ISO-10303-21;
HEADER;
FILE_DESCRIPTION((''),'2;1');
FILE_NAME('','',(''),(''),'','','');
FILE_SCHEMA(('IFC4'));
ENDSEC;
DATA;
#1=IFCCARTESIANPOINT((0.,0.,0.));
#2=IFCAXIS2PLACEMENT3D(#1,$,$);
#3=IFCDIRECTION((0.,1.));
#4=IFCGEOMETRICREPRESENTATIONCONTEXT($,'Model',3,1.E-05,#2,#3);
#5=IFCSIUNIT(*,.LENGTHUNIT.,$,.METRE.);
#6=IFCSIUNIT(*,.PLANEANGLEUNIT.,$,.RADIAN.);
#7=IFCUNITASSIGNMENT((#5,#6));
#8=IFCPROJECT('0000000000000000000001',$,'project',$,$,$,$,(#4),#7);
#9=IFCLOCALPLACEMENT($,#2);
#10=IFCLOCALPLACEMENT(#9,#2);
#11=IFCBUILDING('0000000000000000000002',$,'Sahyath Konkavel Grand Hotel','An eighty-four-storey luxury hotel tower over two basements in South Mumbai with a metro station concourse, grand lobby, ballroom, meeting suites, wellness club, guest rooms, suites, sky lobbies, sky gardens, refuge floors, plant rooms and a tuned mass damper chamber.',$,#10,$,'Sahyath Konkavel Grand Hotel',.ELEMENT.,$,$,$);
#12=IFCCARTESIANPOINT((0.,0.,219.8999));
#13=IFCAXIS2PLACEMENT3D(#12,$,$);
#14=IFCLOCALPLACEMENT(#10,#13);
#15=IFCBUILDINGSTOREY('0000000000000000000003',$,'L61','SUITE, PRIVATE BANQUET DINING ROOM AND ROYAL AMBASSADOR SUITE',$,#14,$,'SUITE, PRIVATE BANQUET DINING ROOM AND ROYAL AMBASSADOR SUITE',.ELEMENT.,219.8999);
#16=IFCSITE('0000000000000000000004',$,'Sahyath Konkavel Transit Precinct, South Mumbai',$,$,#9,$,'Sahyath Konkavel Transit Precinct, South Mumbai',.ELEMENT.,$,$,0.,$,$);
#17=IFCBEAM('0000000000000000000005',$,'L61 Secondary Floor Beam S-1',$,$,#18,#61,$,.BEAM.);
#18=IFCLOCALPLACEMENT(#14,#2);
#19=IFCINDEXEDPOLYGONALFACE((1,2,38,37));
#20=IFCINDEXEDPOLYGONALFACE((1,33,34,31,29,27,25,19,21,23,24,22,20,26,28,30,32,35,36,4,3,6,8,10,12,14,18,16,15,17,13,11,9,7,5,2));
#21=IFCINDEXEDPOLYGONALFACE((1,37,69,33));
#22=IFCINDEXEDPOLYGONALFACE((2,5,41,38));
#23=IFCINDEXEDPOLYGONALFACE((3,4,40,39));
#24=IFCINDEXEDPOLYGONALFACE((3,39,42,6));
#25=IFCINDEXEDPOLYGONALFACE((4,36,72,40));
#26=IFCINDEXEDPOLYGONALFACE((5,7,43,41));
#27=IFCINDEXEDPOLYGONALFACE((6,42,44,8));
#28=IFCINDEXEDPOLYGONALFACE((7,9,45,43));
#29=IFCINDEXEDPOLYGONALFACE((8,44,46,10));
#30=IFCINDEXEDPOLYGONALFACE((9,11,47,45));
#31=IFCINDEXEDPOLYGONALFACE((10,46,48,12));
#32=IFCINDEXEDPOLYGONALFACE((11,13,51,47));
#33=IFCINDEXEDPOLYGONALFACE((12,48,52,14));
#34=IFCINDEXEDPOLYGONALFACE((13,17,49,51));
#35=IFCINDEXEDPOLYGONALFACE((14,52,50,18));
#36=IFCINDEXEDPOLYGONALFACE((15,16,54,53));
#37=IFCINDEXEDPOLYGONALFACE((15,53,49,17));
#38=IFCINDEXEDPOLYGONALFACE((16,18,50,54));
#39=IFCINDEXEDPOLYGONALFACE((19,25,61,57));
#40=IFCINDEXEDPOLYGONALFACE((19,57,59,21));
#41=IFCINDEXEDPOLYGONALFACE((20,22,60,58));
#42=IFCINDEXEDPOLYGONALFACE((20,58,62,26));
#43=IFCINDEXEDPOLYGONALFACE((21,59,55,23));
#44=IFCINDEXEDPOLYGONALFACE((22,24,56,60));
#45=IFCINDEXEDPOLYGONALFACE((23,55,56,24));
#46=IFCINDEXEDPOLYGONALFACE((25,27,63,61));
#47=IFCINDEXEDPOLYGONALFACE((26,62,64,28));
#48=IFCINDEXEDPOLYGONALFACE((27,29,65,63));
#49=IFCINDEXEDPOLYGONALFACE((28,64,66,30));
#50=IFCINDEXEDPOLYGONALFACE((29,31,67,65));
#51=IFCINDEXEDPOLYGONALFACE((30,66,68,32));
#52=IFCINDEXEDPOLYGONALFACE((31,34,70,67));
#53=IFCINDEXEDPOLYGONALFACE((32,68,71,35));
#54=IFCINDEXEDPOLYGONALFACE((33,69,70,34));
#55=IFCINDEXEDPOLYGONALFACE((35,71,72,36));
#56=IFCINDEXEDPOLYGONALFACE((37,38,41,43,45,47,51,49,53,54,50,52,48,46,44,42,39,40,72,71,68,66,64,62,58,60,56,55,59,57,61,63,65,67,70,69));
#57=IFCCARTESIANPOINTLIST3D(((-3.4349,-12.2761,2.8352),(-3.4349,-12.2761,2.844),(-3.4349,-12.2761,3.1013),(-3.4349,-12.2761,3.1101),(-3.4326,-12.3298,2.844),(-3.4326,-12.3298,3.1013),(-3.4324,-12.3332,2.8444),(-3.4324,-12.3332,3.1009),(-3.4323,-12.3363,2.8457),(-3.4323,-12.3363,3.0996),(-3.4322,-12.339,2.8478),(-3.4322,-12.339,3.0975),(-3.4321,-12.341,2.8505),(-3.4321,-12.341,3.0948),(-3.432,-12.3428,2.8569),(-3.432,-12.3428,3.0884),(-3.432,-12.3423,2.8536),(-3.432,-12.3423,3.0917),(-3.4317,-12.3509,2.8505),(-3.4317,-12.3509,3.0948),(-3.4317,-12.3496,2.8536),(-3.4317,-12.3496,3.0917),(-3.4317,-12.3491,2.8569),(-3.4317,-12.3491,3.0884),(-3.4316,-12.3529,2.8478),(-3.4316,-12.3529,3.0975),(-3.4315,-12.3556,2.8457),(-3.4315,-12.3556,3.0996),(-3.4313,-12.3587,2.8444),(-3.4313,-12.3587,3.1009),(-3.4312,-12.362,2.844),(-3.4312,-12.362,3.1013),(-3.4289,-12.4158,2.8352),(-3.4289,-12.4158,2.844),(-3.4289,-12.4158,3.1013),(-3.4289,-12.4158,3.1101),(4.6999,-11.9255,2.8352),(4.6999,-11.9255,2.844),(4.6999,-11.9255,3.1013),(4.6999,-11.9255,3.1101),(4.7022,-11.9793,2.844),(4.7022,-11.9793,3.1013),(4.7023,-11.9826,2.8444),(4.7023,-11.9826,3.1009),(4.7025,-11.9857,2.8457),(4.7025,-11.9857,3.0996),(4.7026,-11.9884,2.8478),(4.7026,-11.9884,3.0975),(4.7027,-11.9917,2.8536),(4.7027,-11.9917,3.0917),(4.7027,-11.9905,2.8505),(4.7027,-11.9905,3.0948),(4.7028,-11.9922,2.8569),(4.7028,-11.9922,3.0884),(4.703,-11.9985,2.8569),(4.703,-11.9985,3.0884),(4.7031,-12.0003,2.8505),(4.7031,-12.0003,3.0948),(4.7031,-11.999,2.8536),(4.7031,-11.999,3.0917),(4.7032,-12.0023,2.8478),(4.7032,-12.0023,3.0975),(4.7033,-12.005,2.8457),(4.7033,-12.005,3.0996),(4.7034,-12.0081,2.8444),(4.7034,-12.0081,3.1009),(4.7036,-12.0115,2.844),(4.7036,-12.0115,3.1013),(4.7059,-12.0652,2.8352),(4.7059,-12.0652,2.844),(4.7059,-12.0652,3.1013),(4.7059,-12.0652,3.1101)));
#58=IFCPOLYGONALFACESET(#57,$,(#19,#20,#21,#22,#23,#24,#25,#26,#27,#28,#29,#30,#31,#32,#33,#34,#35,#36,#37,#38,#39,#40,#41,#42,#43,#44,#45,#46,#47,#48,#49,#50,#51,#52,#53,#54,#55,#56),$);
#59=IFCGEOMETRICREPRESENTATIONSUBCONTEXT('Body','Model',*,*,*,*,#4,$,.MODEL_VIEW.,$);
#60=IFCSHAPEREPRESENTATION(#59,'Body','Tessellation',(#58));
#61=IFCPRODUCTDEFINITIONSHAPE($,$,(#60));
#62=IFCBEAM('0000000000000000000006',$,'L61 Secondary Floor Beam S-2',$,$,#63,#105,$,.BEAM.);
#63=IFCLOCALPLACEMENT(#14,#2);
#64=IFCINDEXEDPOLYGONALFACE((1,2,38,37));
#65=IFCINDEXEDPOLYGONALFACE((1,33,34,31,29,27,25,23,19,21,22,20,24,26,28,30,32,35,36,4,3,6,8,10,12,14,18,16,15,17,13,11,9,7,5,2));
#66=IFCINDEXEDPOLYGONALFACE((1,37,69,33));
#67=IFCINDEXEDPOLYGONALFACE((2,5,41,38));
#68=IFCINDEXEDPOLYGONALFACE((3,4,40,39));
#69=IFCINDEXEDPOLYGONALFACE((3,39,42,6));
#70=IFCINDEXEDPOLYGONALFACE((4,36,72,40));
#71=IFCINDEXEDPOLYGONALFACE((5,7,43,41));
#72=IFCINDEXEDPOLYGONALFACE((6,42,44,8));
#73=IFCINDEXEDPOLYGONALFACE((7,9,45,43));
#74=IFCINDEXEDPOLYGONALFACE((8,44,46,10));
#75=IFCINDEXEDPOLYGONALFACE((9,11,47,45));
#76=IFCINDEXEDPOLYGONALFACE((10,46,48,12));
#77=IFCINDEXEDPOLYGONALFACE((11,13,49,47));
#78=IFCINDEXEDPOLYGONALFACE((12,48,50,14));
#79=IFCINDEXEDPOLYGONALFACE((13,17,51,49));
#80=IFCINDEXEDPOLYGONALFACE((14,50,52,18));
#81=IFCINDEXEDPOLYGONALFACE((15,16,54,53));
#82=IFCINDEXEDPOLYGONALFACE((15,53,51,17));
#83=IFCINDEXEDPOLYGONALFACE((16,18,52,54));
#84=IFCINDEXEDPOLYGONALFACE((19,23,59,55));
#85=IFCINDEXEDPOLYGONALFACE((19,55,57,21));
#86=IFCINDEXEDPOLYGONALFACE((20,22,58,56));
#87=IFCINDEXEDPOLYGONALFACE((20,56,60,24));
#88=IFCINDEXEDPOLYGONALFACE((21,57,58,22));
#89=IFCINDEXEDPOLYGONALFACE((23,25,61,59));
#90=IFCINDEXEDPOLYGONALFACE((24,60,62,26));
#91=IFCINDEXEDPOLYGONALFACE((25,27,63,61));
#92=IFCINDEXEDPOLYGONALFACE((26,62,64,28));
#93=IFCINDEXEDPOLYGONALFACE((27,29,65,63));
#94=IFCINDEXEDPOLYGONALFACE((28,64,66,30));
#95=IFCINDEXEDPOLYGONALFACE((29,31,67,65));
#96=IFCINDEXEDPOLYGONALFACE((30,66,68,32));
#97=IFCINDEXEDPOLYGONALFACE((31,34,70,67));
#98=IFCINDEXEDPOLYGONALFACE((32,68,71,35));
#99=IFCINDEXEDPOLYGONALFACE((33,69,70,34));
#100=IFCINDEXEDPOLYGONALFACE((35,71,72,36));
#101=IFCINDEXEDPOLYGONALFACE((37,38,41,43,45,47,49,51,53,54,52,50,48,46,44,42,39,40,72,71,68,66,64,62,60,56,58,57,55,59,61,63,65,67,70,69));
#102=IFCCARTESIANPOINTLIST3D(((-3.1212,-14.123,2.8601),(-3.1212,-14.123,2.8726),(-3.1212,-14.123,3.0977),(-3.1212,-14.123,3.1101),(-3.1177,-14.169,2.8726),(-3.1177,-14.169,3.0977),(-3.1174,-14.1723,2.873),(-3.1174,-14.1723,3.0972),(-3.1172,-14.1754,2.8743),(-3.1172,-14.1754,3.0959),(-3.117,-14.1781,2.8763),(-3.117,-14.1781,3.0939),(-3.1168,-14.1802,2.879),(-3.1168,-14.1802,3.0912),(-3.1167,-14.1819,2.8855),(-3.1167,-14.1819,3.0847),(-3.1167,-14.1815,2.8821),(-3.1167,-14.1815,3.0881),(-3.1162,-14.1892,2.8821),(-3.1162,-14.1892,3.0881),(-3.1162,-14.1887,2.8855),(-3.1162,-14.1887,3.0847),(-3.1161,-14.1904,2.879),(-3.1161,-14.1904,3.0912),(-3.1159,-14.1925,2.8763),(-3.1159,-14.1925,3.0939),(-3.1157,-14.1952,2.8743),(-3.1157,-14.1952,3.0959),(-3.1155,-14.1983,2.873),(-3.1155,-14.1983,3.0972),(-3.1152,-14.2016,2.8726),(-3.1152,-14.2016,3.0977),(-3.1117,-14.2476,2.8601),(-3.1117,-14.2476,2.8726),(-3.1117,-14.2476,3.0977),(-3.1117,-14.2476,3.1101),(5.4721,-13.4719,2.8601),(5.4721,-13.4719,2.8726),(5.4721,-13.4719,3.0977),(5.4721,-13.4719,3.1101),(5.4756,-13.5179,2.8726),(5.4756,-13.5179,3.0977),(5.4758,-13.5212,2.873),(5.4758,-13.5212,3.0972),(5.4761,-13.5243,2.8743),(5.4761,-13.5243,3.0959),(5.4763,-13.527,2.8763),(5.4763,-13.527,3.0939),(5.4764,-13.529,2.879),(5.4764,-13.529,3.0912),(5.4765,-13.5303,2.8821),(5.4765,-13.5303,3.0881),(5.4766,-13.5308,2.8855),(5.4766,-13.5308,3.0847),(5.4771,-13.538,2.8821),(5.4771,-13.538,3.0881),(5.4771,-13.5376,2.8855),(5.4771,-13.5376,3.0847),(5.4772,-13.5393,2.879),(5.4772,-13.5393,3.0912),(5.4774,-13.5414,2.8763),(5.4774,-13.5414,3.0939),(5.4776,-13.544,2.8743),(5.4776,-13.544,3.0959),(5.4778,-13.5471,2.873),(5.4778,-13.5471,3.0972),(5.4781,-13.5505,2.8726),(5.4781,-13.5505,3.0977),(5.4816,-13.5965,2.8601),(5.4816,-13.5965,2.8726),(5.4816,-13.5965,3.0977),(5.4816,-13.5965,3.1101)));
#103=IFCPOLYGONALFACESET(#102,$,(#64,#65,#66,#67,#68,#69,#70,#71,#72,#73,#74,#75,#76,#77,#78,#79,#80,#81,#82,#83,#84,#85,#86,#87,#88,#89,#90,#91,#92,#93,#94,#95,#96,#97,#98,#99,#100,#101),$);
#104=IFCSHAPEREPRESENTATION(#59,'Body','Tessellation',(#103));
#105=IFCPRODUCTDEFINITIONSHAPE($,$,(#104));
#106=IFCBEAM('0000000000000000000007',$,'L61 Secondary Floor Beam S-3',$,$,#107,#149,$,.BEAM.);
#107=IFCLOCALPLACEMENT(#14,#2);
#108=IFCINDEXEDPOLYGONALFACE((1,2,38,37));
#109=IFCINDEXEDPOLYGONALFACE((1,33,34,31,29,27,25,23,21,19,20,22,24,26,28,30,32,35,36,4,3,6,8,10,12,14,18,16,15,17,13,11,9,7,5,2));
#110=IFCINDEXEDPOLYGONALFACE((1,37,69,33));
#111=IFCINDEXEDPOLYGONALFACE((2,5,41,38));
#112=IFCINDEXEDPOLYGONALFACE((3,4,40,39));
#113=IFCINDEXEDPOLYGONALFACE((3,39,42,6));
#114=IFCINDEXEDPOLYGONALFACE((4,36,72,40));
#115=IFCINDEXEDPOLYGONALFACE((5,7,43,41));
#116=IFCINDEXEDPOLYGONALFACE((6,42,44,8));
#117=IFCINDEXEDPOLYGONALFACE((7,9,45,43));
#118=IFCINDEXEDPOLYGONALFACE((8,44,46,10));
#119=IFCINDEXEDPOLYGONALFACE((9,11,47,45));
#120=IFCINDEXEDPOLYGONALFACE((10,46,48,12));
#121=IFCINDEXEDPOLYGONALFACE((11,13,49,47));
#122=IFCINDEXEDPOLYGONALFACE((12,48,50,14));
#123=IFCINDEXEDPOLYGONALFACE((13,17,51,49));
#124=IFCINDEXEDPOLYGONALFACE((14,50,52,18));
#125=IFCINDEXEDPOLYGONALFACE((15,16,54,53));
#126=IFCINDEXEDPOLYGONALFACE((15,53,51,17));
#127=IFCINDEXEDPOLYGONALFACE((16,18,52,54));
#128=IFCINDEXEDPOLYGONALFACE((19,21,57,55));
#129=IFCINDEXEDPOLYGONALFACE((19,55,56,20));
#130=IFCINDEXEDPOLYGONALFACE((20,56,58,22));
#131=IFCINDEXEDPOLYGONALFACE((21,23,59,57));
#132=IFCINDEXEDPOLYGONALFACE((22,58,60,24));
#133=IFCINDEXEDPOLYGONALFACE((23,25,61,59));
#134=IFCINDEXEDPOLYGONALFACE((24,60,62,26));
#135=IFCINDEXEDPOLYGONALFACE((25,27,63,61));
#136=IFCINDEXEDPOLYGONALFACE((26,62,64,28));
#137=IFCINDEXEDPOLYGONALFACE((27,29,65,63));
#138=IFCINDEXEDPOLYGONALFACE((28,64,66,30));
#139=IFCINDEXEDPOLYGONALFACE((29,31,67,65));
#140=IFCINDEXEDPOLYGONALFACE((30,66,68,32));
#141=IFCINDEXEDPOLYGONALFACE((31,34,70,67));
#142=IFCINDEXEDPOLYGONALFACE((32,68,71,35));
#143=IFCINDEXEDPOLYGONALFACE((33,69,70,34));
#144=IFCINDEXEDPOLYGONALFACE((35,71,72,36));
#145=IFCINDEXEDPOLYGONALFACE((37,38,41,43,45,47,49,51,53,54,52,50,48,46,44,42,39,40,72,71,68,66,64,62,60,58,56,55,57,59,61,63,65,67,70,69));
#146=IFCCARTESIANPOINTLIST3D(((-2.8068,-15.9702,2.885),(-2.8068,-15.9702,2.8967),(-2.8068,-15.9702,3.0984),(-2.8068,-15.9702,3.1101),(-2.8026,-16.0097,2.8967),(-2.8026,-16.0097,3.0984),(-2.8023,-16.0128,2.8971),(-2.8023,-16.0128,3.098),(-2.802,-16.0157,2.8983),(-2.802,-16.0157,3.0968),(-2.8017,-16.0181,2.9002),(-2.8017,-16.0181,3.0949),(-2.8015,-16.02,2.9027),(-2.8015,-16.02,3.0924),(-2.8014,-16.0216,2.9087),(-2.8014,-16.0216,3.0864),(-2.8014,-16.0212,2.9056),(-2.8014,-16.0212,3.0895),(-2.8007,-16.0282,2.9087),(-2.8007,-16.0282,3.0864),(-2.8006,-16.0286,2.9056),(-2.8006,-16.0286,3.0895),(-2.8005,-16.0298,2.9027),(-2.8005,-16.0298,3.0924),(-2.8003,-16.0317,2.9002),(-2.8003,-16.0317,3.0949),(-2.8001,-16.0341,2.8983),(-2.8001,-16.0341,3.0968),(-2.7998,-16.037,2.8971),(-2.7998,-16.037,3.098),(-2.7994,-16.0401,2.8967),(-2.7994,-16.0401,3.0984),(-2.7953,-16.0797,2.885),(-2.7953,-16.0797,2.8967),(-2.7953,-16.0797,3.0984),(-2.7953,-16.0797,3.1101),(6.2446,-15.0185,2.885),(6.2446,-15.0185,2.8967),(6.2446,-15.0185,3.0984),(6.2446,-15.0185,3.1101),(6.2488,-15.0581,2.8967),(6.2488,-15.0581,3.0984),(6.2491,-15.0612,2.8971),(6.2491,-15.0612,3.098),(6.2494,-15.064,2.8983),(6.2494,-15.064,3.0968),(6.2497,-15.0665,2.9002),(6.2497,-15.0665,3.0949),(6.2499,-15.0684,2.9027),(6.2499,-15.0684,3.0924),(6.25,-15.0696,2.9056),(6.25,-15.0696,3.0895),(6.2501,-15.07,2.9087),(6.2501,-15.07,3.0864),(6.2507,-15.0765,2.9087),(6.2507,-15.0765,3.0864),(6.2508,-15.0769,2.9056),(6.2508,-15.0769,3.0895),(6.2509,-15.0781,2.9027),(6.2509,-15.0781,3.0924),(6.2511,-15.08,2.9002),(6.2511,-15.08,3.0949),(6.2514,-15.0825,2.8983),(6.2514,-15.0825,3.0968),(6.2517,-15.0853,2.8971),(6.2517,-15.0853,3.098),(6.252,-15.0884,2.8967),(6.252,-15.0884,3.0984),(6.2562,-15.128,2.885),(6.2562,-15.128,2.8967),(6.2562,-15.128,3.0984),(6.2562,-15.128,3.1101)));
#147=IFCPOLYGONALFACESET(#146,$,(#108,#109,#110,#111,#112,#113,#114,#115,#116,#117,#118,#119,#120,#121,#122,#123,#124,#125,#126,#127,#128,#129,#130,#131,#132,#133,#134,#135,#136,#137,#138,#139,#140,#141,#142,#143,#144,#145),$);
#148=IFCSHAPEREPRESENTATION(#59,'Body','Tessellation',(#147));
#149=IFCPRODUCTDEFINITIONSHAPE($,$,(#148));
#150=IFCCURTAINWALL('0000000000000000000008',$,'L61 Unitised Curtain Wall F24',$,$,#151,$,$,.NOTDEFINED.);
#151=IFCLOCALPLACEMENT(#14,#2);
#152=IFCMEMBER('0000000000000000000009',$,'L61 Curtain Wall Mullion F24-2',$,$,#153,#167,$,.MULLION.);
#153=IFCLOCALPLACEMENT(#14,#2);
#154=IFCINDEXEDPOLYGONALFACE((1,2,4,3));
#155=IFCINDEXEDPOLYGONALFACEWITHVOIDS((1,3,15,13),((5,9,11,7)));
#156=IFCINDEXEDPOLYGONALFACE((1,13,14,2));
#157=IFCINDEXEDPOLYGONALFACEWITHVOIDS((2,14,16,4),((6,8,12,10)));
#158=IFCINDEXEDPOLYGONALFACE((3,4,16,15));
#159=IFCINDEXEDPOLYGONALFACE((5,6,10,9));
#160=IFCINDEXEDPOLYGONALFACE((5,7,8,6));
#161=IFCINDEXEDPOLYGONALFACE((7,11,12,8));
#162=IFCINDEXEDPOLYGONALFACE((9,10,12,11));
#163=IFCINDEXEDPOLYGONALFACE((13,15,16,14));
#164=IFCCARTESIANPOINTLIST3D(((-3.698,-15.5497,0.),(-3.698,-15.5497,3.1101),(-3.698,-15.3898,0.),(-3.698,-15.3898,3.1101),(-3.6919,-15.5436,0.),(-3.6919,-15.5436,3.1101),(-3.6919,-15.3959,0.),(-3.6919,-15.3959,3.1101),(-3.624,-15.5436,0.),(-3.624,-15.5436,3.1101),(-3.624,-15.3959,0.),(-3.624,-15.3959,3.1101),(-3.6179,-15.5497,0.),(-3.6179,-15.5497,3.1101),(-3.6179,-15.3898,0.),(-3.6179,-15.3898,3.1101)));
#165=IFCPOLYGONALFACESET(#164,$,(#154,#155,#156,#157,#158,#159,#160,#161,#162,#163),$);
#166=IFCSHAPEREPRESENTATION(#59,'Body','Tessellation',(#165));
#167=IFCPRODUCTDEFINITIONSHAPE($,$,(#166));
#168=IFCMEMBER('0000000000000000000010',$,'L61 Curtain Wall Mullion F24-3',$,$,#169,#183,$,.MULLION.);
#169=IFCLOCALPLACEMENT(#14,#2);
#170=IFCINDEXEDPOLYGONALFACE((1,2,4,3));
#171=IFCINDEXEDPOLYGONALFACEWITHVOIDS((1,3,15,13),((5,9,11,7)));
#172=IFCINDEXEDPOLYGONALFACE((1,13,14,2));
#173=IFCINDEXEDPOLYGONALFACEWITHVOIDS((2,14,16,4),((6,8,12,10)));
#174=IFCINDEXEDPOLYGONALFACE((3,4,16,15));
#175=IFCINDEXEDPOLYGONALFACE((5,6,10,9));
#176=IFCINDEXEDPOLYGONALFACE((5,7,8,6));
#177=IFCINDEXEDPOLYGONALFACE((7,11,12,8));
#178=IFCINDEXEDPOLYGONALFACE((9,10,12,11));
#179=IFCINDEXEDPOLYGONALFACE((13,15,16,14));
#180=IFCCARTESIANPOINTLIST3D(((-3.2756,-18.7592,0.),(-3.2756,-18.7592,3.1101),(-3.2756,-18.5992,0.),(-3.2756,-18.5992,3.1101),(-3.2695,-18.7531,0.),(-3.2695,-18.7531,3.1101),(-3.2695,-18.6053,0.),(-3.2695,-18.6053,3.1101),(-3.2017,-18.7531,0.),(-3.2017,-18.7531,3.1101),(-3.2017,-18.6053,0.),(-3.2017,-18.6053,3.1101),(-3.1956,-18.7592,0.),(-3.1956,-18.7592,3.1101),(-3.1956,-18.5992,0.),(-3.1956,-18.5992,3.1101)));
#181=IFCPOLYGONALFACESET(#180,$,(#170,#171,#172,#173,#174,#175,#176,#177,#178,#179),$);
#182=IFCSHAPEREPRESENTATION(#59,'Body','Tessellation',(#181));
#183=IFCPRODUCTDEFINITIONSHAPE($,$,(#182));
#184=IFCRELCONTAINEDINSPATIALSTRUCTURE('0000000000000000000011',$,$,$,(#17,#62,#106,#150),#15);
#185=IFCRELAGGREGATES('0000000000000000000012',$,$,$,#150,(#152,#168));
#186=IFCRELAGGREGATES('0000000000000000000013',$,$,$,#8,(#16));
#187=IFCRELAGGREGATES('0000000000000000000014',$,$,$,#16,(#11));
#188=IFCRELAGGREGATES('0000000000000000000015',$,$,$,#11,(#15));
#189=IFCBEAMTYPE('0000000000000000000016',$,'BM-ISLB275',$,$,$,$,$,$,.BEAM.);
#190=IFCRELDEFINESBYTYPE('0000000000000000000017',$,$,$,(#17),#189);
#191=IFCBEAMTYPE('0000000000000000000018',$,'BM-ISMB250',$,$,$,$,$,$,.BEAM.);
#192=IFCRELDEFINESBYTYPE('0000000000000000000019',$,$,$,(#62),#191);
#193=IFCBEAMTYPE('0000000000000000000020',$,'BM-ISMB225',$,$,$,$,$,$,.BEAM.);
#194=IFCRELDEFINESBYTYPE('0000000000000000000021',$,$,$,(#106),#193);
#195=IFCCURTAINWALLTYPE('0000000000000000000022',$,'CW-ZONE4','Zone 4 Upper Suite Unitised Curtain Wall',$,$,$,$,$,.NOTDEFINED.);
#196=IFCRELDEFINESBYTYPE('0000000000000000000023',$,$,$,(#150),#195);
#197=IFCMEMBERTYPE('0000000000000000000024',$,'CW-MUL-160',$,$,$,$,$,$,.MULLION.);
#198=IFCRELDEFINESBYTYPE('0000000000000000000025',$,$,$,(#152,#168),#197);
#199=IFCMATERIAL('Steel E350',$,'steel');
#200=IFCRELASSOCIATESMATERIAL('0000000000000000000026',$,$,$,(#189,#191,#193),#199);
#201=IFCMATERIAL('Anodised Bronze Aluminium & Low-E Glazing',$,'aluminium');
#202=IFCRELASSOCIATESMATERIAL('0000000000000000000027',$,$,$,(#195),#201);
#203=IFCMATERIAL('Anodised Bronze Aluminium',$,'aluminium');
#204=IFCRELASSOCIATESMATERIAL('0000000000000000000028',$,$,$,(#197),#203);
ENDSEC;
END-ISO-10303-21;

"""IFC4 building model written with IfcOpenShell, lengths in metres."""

from ifc_helpers import new_model, si_unit, direction, frame, origin, origin_2d, place, context, subcontext, project, spatial, hollow_rectangle, i_section, extrude, source, transform, mapped, material, material_profile, profile_set, type_object, element, aggregate, save


model = new_model("IFC4")

# Units and contexts
model_context = context("Model", 3, precision=1e-05, world=origin(), true_north=direction((0.0, 1.0)))
body_context = subcontext(model_context, "Body", "Model", "MODEL_VIEW")
ifc_project = project(units=[si_unit("LENGTHUNIT", "METRE"), si_unit("PLANEANGLEUNIT", "RADIAN")], contexts=[model_context])

# Site, building, storey
site_placement = place(None, origin())
site = spatial("IfcSite", under=ifc_project, at=site_placement, Name="Sahyath Konkavel Transit Precinct, South Mumbai", LongName="Sahyath Konkavel Transit Precinct, South Mumbai", CompositionType="ELEMENT", RefElevation=0.0)
building_placement = place(site_placement, origin())
building = spatial("IfcBuilding", under=site, at=building_placement, Name="Sahyath Konkavel Grand Hotel", Description="An eighty-four-storey luxury hotel tower over two basements in South Mumbai with a metro station concourse, grand lobby, ballroom, meeting suites, wellness club, guest rooms, suites, sky lobbies, sky gardens, refuge floors, plant rooms and a tuned mass damper chamber.", LongName="Sahyath Konkavel Grand Hotel", CompositionType="ELEMENT")
storey_placement = place(building_placement, frame((0.0, 0.0, 219.8999)))
storey = spatial("IfcBuildingStorey", under=building, at=storey_placement, Name="L61", Description="SUITE, PRIVATE BANQUET DINING ROOM AND ROYAL AMBASSADOR SUITE", LongName="SUITE, PRIVATE BANQUET DINING ROOM AND ROYAL AMBASSADOR SUITE", CompositionType="ELEMENT", Elevation=219.8999)

# Beams
ifc_material_1 = material(Name="Steel E350", Category="steel")
ifc_material_profile_1 = material_profile(ifc_material_1, i_section(OverallWidth=0.1399, OverallDepth=0.2749, WebThickness=0.0063, FlangeThickness=0.0088, FilletRadius=0.0129, at=origin_2d()), Name="ISLB 275")
ifc_profile_set_1 = profile_set([ifc_material_profile_1], Name="Steel E350")
beam_type_1 = type_object("IfcBeamType", Name="BM-ISLB275", PredefinedType="BEAM", material=ifc_profile_set_1)
shared_shape_1 = source(origin(), body_context, "Body", "SweptSolid", [
    extrude(i_section(OverallWidth=0.1399, OverallDepth=0.2749, WebThickness=0.0063, FlangeThickness=0.0088, FilletRadius=0.0129, at=origin_2d()), origin(), (0.0, 0.0, 1.0), 8.1423),
])
beam_1_placement = place(storey_placement, frame((-3.4319, -12.3459, 2.9727), z_axis=(0.999073, 0.043057, 0.0), x_axis=(-0.043057, 0.999073, 0.0)))
element("IfcBeam", 1, at=beam_1_placement, inside=storey, type_object=beam_type_1, Name="L61 Secondary Floor Beam S-1", PredefinedType="BEAM", context=body_context, shape_type="MappedRepresentation", body=[
    mapped(shared_shape_1, transform((0.0, 0.0, 0.0), scale=1.0)),
])
ifc_material_profile_2 = material_profile(ifc_material_1, i_section(OverallWidth=0.125, OverallDepth=0.25, WebThickness=0.0068, FlangeThickness=0.0125, FilletRadius=0.0129, at=origin_2d()), Name="ISMB 250")
ifc_profile_set_2 = profile_set([ifc_material_profile_2], Name="Steel E350")
beam_type_2 = type_object("IfcBeamType", Name="BM-ISMB250", PredefinedType="BEAM", material=ifc_profile_set_2)
shared_shape_2 = source(origin(), body_context, "Body", "SweptSolid", [
    extrude(i_section(OverallWidth=0.125, OverallDepth=0.25, WebThickness=0.0068, FlangeThickness=0.0125, FilletRadius=0.0129, at=origin_2d()), origin(), (0.0, 0.0, 1.0), 8.6179),
])
beam_2_placement = place(storey_placement, frame((-3.1165, -14.1853, 2.9851), z_axis=(0.997142, 0.075555, 0.0), x_axis=(-0.075555, 0.997142, 0.0)))
element("IfcBeam", 2, at=beam_2_placement, inside=storey, type_object=beam_type_2, Name="L61 Secondary Floor Beam S-2", PredefinedType="BEAM", context=body_context, shape_type="MappedRepresentation", body=[
    mapped(shared_shape_2, transform((0.0, 0.0, 0.0), scale=1.0)),
])
ifc_material_profile_3 = material_profile(ifc_material_1, i_section(OverallWidth=0.1101, OverallDepth=0.2251, WebThickness=0.0066, FlangeThickness=0.0117, FilletRadius=0.012, at=origin_2d()), Name="ISMB 225")
ifc_profile_set_3 = profile_set([ifc_material_profile_3], Name="Steel E350")
beam_type_3 = type_object("IfcBeamType", Name="BM-ISMB225", PredefinedType="BEAM", material=ifc_profile_set_3)
shared_shape_3 = source(origin(), body_context, "Body", "SweptSolid", [
    extrude(i_section(OverallWidth=0.1101, OverallDepth=0.2251, WebThickness=0.0066, FlangeThickness=0.0117, FilletRadius=0.012, at=origin_2d()), origin(), (0.0, 0.0, 1.0), 9.1013),
])
beam_3_placement = place(storey_placement, frame((-2.801, -16.0249, 2.9976), z_axis=(0.994518, 0.104562, 0.0), x_axis=(-0.104562, 0.994518, 0.0)))
element("IfcBeam", 3, at=beam_3_placement, inside=storey, type_object=beam_type_3, Name="L61 Secondary Floor Beam S-3", PredefinedType="BEAM", context=body_context, shape_type="MappedRepresentation", body=[
    mapped(shared_shape_3, transform((0.0, 0.0, 0.0), scale=1.0)),
])

# Curtain wall, members
ifc_material_2 = material(Name="Anodised Bronze Aluminium & Low-E Glazing", Category="aluminium")
curtain_wall_type = type_object("IfcCurtainWallType", Name="CW-ZONE4", Description="Zone 4 Upper Suite Unitised Curtain Wall", PredefinedType="NOTDEFINED", material=ifc_material_2)
curtain_wall_1_placement = place(storey_placement, origin())
curtain_wall_1 = element("IfcCurtainWall", 4, at=curtain_wall_1_placement, inside=storey, type_object=curtain_wall_type, Name="L61 Unitised Curtain Wall F24", PredefinedType="NOTDEFINED")
ifc_material_3 = material(Name="Anodised Bronze Aluminium", Category="aluminium")
ifc_material_profile_4 = material_profile(ifc_material_3, hollow_rectangle(XDim=0.0801, YDim=0.1599, WallThickness=0.0061, at=origin_2d()), Name="RHS 160x80x6")
ifc_profile_set_4 = profile_set([ifc_material_profile_4], Name="Anodised Bronze Aluminium")
member_type_1 = type_object("IfcMemberType", Name="CW-MUL-160", PredefinedType="MULLION", material=ifc_profile_set_4)
shared_shape_4 = source(origin(), body_context, "Body", "SweptSolid", [
    extrude(hollow_rectangle(XDim=0.0801, YDim=0.1599, WallThickness=0.0061, at=origin_2d()), origin(), (0.0, 0.0, 1.0), 3.1101),
])
member_1_placement = place(storey_placement, frame((-3.658, -15.4697, 0.0), z_axis=(0.0, 0.0, 1.0), x_axis=(1.0, 0.0, 0.0)))
member_1 = element("IfcMember", 5, at=member_1_placement, type_object=member_type_1, Name="L61 Curtain Wall Mullion F24-2", PredefinedType="MULLION", context=body_context, shape_type="MappedRepresentation", body=[
    mapped(shared_shape_4, transform((0.0, 0.0, 0.0), scale=1.0)),
])
member_2_placement = place(storey_placement, frame((-3.2356, -18.6792, 0.0), z_axis=(0.0, 0.0, 1.0), x_axis=(1.0, 0.0, 0.0)))
member_2 = element("IfcMember", 6, at=member_2_placement, type_object=member_type_1, Name="L61 Curtain Wall Mullion F24-3", PredefinedType="MULLION", context=body_context, shape_type="MappedRepresentation", body=[
    mapped(shared_shape_4, transform((0.0, 0.0, 0.0), scale=1.0)),
])

aggregate(curtain_wall_1, [member_1, member_2])

save(model, "model.ifc")
